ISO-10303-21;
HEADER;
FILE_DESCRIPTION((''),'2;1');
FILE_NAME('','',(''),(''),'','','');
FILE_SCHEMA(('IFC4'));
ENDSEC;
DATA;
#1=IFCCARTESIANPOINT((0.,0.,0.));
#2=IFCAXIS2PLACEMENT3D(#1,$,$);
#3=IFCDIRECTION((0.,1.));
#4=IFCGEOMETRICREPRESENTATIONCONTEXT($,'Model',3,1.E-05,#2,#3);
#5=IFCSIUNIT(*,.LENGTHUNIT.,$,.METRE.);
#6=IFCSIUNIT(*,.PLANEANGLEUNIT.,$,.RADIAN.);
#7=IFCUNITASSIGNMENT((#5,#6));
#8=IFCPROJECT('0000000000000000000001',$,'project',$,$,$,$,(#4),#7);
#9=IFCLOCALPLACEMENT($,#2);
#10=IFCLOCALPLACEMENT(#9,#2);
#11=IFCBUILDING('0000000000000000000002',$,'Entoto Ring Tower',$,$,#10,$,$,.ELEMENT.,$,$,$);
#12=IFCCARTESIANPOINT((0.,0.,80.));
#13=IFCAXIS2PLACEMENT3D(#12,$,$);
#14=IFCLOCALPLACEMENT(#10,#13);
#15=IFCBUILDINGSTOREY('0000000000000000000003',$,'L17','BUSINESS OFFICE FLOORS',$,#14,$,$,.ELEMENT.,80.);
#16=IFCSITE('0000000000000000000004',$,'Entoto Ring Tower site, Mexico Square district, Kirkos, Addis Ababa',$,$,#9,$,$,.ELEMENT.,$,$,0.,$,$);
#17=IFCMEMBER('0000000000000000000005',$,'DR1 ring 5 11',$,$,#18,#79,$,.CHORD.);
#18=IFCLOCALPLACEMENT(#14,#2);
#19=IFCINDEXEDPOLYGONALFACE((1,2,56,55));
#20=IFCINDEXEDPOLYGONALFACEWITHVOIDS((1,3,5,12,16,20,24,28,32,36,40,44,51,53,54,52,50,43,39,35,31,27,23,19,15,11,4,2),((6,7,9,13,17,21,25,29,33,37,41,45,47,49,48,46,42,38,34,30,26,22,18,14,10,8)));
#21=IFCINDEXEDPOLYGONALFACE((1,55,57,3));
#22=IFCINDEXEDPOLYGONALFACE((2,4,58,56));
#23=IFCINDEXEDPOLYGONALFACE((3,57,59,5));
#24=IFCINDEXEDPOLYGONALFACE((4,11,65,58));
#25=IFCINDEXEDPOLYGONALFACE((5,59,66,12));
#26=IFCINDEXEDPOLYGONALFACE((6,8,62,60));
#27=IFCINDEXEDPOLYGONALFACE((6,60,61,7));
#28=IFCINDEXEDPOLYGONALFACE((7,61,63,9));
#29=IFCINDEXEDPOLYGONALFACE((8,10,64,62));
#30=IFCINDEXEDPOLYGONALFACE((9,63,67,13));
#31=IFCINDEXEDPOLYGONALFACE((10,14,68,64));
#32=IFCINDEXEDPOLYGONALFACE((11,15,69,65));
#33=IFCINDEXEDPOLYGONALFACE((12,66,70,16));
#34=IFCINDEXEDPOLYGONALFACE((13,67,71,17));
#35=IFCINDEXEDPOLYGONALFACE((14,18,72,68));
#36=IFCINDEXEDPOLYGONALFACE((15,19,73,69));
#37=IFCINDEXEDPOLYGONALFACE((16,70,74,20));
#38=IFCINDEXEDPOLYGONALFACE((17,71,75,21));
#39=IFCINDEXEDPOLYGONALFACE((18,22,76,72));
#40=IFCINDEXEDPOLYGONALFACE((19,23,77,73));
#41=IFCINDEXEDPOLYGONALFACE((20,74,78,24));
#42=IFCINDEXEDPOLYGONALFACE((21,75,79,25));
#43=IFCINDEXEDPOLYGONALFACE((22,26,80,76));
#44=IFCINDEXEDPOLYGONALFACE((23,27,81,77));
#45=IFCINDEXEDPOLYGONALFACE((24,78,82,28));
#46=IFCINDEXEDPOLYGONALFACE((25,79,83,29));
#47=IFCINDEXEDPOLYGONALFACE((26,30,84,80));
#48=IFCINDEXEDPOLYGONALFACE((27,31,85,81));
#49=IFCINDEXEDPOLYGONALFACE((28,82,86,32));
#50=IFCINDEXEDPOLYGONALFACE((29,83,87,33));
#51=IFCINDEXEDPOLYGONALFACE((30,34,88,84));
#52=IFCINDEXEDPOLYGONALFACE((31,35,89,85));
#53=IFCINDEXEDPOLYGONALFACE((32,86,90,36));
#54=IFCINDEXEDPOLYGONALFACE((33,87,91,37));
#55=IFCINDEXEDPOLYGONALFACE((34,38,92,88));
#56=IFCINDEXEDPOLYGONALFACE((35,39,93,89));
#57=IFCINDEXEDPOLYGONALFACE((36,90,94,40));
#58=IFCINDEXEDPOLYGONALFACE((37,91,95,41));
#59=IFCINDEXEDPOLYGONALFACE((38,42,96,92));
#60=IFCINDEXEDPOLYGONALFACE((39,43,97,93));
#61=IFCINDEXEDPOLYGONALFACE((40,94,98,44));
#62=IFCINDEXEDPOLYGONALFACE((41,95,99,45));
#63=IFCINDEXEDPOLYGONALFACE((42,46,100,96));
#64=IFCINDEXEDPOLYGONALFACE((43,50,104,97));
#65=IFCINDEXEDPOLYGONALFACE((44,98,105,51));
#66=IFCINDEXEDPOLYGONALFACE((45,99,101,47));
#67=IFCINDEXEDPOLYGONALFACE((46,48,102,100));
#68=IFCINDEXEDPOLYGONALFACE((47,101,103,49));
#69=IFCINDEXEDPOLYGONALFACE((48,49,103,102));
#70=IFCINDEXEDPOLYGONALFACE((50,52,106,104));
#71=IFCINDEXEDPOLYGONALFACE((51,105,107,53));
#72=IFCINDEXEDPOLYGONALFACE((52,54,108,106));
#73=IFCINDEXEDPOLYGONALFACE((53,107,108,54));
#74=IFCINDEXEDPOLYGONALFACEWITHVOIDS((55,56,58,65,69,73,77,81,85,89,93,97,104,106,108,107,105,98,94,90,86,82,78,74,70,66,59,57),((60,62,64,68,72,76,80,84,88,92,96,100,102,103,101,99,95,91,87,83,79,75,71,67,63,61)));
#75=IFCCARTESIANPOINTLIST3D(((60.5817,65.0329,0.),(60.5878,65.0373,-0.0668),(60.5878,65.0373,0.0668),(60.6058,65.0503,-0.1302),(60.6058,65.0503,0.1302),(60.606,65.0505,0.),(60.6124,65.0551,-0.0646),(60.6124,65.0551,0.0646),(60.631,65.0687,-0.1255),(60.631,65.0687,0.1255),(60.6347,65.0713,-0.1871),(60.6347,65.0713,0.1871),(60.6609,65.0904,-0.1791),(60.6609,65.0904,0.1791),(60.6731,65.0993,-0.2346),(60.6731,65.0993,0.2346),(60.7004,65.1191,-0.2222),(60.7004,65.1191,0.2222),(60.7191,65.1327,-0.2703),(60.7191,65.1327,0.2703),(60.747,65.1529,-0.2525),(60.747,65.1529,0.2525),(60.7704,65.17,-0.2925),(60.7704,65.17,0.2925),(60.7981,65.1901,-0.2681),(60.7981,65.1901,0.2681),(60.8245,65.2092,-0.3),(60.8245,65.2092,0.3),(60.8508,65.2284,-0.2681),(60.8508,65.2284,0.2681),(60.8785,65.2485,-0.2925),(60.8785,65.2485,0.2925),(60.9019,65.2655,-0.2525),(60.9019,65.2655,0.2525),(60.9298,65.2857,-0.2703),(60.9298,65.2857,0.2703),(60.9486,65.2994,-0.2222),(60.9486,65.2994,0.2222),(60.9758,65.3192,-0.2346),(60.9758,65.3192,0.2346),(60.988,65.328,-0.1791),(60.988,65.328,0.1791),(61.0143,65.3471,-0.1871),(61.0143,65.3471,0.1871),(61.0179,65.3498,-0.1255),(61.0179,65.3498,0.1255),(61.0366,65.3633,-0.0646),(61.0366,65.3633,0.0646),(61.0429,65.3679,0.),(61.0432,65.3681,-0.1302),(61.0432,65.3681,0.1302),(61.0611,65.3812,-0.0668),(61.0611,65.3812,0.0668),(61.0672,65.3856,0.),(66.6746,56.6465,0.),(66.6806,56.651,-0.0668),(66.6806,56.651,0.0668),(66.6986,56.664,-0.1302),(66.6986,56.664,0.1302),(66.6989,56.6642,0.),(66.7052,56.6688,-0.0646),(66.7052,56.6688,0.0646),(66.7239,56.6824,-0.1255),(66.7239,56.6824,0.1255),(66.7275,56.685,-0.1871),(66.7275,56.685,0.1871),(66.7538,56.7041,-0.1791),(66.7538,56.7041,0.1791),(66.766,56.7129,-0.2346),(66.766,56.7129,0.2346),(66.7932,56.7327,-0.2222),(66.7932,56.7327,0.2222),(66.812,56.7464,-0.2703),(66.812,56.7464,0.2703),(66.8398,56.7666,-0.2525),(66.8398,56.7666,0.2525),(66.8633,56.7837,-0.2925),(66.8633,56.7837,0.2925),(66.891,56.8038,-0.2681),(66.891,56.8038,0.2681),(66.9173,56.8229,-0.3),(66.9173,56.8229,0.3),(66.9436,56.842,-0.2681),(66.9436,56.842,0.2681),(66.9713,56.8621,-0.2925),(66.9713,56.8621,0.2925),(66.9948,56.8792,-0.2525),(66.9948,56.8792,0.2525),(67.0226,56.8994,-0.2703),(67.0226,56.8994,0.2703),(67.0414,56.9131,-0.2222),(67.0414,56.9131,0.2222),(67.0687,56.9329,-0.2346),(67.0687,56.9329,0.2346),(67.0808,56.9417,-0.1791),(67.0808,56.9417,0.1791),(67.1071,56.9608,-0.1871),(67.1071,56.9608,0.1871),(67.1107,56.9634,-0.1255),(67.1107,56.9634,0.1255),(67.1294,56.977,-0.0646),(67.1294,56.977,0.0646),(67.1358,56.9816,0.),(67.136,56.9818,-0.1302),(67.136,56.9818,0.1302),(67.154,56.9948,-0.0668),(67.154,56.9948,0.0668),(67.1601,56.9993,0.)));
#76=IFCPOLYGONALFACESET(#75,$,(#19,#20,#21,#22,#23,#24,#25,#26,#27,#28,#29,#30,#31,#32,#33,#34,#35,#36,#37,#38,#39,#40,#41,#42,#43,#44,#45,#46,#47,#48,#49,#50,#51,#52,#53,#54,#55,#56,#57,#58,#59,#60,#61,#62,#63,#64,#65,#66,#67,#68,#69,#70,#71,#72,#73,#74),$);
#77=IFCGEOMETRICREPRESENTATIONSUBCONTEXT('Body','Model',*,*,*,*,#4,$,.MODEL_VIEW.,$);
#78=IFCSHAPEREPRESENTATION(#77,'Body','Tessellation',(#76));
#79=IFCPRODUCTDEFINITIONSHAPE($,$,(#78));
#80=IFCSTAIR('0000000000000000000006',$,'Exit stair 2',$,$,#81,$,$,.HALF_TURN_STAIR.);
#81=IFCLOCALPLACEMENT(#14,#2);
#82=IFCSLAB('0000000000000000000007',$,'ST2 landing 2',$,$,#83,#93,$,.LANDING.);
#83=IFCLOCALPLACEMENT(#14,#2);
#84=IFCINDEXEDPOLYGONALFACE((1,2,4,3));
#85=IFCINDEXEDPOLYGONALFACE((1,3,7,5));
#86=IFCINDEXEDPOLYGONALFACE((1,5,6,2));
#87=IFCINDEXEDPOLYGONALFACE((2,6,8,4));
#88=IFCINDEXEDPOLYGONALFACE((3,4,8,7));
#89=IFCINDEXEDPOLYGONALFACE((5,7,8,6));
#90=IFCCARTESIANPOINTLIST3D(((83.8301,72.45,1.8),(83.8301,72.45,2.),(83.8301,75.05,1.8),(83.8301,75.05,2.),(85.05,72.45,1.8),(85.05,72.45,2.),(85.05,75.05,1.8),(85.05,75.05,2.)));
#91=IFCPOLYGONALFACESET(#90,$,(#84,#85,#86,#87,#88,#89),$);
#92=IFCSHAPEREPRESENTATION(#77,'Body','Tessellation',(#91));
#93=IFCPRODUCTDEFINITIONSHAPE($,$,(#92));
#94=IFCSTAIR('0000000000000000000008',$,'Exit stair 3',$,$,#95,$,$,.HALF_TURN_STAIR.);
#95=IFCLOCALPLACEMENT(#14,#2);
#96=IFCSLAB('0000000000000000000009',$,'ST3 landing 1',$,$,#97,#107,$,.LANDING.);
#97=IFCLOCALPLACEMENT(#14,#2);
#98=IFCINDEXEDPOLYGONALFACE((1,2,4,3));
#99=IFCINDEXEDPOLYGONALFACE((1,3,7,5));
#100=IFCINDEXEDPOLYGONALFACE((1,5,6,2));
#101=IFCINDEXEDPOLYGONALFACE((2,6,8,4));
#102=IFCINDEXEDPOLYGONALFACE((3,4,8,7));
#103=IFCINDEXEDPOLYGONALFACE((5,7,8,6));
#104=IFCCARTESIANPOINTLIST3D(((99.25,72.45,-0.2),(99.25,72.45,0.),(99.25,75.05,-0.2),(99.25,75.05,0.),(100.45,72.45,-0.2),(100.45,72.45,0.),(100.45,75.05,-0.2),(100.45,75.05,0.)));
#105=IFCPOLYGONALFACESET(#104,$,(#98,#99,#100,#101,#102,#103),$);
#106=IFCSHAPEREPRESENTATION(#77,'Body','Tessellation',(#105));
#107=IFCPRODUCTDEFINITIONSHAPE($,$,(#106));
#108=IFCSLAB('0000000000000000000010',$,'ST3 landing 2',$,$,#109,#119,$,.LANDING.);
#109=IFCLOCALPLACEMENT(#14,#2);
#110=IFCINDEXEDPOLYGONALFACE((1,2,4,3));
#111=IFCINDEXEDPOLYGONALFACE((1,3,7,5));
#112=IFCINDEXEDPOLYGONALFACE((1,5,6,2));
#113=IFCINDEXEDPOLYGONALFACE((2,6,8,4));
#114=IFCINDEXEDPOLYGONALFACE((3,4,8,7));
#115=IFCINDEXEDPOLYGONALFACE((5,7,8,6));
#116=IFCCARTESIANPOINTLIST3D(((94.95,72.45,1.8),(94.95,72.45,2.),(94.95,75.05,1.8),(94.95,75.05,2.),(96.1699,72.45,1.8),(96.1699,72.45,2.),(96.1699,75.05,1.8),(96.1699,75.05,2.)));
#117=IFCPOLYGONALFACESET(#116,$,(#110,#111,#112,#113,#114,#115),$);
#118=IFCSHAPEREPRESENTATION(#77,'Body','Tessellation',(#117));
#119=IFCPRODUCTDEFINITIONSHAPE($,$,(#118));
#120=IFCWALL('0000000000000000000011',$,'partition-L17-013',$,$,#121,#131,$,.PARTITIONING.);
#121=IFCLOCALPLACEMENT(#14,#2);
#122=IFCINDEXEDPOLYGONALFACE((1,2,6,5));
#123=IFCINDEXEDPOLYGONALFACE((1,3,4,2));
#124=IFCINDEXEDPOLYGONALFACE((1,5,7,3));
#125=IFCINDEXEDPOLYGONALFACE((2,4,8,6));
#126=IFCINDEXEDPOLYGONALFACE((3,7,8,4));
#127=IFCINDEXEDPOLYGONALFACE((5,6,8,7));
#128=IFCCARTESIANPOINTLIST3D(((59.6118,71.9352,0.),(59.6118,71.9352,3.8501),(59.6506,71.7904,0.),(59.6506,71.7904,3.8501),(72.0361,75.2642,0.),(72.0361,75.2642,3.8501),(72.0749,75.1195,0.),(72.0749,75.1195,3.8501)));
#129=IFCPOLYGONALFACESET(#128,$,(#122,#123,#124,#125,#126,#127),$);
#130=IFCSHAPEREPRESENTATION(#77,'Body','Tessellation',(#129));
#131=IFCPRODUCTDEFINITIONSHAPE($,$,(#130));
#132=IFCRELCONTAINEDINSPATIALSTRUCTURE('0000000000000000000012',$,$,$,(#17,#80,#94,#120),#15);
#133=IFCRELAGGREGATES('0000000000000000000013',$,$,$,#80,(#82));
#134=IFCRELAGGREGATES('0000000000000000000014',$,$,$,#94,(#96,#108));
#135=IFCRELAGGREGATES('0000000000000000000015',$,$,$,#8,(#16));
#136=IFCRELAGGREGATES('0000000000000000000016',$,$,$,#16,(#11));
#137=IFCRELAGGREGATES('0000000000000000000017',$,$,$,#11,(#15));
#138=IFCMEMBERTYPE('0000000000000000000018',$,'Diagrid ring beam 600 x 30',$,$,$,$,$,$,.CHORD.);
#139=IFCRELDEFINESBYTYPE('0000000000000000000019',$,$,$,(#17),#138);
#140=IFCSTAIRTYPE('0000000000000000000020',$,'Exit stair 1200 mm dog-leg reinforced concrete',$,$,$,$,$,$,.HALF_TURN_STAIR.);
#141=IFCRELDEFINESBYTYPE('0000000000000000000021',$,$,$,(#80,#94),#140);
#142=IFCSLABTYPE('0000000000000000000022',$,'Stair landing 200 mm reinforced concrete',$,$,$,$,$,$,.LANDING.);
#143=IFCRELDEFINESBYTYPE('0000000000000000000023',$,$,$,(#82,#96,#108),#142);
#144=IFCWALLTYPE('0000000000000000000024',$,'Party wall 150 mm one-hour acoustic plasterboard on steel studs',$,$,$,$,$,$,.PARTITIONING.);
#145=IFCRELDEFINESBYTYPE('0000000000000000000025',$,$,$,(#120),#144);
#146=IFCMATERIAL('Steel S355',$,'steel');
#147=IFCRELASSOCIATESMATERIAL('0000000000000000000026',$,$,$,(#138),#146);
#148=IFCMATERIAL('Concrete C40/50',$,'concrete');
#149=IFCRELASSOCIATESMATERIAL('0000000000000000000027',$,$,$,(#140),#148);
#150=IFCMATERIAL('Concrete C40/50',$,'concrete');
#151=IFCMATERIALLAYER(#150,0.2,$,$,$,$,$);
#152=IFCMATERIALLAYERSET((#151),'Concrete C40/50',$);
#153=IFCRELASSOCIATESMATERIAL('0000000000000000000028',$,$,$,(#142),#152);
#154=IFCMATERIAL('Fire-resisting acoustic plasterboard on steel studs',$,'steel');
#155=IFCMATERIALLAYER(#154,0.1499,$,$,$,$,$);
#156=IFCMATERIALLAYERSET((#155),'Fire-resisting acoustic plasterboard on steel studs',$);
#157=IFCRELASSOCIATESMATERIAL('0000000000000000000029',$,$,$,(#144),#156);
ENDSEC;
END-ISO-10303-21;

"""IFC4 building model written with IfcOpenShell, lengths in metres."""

from ifc_helpers import new_model, si_unit, direction, frame, frame_2d, origin, origin_2d, place, context, subcontext, project, spatial, polyline, rectangle, circle, hollow_circle, outline, extrude, material, layer, layer_set, material_profile, profile_set, type_object, element, aggregate, save


model = new_model("IFC4")

# Units and contexts
model_context = context("Model", 3, precision=1e-05, world=origin(), true_north=direction((0.0, 1.0)))
body_context = subcontext(model_context, "Body", "Model", "MODEL_VIEW")
ifc_project = project(units=[si_unit("LENGTHUNIT", "METRE"), si_unit("PLANEANGLEUNIT", "RADIAN")], contexts=[model_context])

# Site, building, storey
site_placement = place(None, origin())
site = spatial("IfcSite", under=ifc_project, at=site_placement, Name="Entoto Ring Tower site, Mexico Square district, Kirkos, Addis Ababa", CompositionType="ELEMENT", RefElevation=0.0)
building_placement = place(site_placement, origin())
building = spatial("IfcBuilding", under=site, at=building_placement, Name="Entoto Ring Tower", CompositionType="ELEMENT")
storey_placement = place(building_placement, frame((0.0, 0.0, 80.0)))
storey = spatial("IfcBuildingStorey", under=building, at=storey_placement, Name="L17", Description="BUSINESS OFFICE FLOORS", CompositionType="ELEMENT", Elevation=80.0)

# Member
ifc_material_1 = material(Name="Steel S355", Category="steel")
ifc_material_profile_1 = material_profile(ifc_material_1, hollow_circle(Radius=0.3, WallThickness=0.03, at=origin_2d()), Name="CHS 600 x 30")
ifc_material_2 = material(Name="Concrete C60/75", Category="concrete")
ifc_material_profile_2 = material_profile(ifc_material_2, circle(Radius=0.27, at=origin_2d()), Name="Concrete C60/75 infill")
ifc_profile_set_1 = profile_set([ifc_material_profile_1, ifc_material_profile_2], Name="Steel S355")
member_type_1 = type_object("IfcMemberType", Name="Diagrid ring beam 600 x 30", PredefinedType="CHORD", material=ifc_profile_set_1)
member_placement = place(storey_placement, frame((60.8245, 65.2092, 0.0), z_axis=(0.587774, -0.809025, 0.0), x_axis=(0.809025, 0.587774, 0.0)))
element("IfcMember", 1, at=member_placement, inside=storey, type_object=member_type_1, Name="DR1 ring 5 11", PredefinedType="CHORD", context=body_context, shape_type="SweptSolid", body=[
    extrude(hollow_circle(Radius=0.3, WallThickness=0.03, at=origin_2d()), origin(), (0.0, 0.0, 1.0), 10.366),
])

# Stair, slab
ifc_material_3 = material(Name="Concrete C40/50", Category="concrete")
stair_type = type_object("IfcStairType", Name="Exit stair 1200 mm dog-leg reinforced concrete", PredefinedType="HALF_TURN_STAIR", material=ifc_material_3)
stair_1_placement = place(storey_placement, origin())
stair_1 = element("IfcStair", 2, at=stair_1_placement, inside=storey, type_object=stair_type, Name="Exit stair 2", PredefinedType="HALF_TURN_STAIR")
ifc_material_4 = material(Name="Concrete C40/50", Category="concrete")
ifc_layer_1 = layer(ifc_material_4, 0.2)
ifc_layer_set_1 = layer_set([ifc_layer_1], Name="Concrete C40/50")
slab_type_1 = type_object("IfcSlabType", Name="Stair landing 200 mm reinforced concrete", PredefinedType="LANDING", material=ifc_layer_set_1)
slab_1_placement = place(storey_placement, frame((0.0, 0.0, 1.8)))
slab_1 = element("IfcSlab", 3, at=slab_1_placement, type_object=slab_type_1, Name="ST2 landing 2", PredefinedType="LANDING", context=body_context, shape_type="SweptSolid", body=[
    extrude(outline(polyline([(83.8301, 72.45), (85.05, 72.45), (85.05, 75.05), (83.8301, 75.05), (83.8301, 72.45)])), origin(), (0.0, 0.0, 1.0), 0.2),
])
aggregate(stair_1, [slab_1])

# Stair, slabs
stair_2_placement = place(storey_placement, origin())
stair_2 = element("IfcStair", 4, at=stair_2_placement, inside=storey, type_object=stair_type, Name="Exit stair 3", PredefinedType="HALF_TURN_STAIR")
slab_2_placement = place(storey_placement, frame((0.0, 0.0, -0.2)))
slab_2 = element("IfcSlab", 5, at=slab_2_placement, type_object=slab_type_1, Name="ST3 landing 1", PredefinedType="LANDING", context=body_context, shape_type="SweptSolid", body=[
    extrude(outline(polyline([(100.45, 72.45), (100.45, 75.05), (99.25, 75.05), (99.25, 72.45), (100.45, 72.45)])), origin(), (0.0, 0.0, 1.0), 0.2),
])
slab_3_placement = place(storey_placement, frame((0.0, 0.0, 1.8)))
slab_3 = element("IfcSlab", 6, at=slab_3_placement, type_object=slab_type_1, Name="ST3 landing 2", PredefinedType="LANDING", context=body_context, shape_type="SweptSolid", body=[
    extrude(outline(polyline([(94.95, 72.45), (96.1699, 72.45), (96.1699, 75.05), (94.95, 75.05), (94.95, 72.45)])), origin(), (0.0, 0.0, 1.0), 0.2),
])
aggregate(stair_2, [slab_2, slab_3])

# Wall
ifc_material_5 = material(Name="Fire-resisting acoustic plasterboard on steel studs", Category="steel")
ifc_layer_2 = layer(ifc_material_5, 0.1499)
ifc_layer_set_2 = layer_set([ifc_layer_2], Name="Fire-resisting acoustic plasterboard on steel studs")
wall_type = type_object("IfcWallType", Name="Party wall 150 mm one-hour acoustic plasterboard on steel studs", PredefinedType="PARTITIONING", material=ifc_layer_set_2)
wall_placement = place(storey_placement, frame((59.6313, 71.8628, 0.0), z_axis=(0.0, 0.0, 1.0), x_axis=(0.965926, 0.25882, 0.0)))
element("IfcWall", 7, at=wall_placement, inside=storey, type_object=wall_type, Name="partition-L17-013", PredefinedType="PARTITIONING", context=body_context, shape_type="SweptSolid", body=[
    extrude(rectangle(XDim=12.8625, YDim=0.1499, at=frame_2d((6.4312, 0.0))), origin(), (0.0, 0.0, 1.0), 3.8501),
])

save(model, "model.ifc")
